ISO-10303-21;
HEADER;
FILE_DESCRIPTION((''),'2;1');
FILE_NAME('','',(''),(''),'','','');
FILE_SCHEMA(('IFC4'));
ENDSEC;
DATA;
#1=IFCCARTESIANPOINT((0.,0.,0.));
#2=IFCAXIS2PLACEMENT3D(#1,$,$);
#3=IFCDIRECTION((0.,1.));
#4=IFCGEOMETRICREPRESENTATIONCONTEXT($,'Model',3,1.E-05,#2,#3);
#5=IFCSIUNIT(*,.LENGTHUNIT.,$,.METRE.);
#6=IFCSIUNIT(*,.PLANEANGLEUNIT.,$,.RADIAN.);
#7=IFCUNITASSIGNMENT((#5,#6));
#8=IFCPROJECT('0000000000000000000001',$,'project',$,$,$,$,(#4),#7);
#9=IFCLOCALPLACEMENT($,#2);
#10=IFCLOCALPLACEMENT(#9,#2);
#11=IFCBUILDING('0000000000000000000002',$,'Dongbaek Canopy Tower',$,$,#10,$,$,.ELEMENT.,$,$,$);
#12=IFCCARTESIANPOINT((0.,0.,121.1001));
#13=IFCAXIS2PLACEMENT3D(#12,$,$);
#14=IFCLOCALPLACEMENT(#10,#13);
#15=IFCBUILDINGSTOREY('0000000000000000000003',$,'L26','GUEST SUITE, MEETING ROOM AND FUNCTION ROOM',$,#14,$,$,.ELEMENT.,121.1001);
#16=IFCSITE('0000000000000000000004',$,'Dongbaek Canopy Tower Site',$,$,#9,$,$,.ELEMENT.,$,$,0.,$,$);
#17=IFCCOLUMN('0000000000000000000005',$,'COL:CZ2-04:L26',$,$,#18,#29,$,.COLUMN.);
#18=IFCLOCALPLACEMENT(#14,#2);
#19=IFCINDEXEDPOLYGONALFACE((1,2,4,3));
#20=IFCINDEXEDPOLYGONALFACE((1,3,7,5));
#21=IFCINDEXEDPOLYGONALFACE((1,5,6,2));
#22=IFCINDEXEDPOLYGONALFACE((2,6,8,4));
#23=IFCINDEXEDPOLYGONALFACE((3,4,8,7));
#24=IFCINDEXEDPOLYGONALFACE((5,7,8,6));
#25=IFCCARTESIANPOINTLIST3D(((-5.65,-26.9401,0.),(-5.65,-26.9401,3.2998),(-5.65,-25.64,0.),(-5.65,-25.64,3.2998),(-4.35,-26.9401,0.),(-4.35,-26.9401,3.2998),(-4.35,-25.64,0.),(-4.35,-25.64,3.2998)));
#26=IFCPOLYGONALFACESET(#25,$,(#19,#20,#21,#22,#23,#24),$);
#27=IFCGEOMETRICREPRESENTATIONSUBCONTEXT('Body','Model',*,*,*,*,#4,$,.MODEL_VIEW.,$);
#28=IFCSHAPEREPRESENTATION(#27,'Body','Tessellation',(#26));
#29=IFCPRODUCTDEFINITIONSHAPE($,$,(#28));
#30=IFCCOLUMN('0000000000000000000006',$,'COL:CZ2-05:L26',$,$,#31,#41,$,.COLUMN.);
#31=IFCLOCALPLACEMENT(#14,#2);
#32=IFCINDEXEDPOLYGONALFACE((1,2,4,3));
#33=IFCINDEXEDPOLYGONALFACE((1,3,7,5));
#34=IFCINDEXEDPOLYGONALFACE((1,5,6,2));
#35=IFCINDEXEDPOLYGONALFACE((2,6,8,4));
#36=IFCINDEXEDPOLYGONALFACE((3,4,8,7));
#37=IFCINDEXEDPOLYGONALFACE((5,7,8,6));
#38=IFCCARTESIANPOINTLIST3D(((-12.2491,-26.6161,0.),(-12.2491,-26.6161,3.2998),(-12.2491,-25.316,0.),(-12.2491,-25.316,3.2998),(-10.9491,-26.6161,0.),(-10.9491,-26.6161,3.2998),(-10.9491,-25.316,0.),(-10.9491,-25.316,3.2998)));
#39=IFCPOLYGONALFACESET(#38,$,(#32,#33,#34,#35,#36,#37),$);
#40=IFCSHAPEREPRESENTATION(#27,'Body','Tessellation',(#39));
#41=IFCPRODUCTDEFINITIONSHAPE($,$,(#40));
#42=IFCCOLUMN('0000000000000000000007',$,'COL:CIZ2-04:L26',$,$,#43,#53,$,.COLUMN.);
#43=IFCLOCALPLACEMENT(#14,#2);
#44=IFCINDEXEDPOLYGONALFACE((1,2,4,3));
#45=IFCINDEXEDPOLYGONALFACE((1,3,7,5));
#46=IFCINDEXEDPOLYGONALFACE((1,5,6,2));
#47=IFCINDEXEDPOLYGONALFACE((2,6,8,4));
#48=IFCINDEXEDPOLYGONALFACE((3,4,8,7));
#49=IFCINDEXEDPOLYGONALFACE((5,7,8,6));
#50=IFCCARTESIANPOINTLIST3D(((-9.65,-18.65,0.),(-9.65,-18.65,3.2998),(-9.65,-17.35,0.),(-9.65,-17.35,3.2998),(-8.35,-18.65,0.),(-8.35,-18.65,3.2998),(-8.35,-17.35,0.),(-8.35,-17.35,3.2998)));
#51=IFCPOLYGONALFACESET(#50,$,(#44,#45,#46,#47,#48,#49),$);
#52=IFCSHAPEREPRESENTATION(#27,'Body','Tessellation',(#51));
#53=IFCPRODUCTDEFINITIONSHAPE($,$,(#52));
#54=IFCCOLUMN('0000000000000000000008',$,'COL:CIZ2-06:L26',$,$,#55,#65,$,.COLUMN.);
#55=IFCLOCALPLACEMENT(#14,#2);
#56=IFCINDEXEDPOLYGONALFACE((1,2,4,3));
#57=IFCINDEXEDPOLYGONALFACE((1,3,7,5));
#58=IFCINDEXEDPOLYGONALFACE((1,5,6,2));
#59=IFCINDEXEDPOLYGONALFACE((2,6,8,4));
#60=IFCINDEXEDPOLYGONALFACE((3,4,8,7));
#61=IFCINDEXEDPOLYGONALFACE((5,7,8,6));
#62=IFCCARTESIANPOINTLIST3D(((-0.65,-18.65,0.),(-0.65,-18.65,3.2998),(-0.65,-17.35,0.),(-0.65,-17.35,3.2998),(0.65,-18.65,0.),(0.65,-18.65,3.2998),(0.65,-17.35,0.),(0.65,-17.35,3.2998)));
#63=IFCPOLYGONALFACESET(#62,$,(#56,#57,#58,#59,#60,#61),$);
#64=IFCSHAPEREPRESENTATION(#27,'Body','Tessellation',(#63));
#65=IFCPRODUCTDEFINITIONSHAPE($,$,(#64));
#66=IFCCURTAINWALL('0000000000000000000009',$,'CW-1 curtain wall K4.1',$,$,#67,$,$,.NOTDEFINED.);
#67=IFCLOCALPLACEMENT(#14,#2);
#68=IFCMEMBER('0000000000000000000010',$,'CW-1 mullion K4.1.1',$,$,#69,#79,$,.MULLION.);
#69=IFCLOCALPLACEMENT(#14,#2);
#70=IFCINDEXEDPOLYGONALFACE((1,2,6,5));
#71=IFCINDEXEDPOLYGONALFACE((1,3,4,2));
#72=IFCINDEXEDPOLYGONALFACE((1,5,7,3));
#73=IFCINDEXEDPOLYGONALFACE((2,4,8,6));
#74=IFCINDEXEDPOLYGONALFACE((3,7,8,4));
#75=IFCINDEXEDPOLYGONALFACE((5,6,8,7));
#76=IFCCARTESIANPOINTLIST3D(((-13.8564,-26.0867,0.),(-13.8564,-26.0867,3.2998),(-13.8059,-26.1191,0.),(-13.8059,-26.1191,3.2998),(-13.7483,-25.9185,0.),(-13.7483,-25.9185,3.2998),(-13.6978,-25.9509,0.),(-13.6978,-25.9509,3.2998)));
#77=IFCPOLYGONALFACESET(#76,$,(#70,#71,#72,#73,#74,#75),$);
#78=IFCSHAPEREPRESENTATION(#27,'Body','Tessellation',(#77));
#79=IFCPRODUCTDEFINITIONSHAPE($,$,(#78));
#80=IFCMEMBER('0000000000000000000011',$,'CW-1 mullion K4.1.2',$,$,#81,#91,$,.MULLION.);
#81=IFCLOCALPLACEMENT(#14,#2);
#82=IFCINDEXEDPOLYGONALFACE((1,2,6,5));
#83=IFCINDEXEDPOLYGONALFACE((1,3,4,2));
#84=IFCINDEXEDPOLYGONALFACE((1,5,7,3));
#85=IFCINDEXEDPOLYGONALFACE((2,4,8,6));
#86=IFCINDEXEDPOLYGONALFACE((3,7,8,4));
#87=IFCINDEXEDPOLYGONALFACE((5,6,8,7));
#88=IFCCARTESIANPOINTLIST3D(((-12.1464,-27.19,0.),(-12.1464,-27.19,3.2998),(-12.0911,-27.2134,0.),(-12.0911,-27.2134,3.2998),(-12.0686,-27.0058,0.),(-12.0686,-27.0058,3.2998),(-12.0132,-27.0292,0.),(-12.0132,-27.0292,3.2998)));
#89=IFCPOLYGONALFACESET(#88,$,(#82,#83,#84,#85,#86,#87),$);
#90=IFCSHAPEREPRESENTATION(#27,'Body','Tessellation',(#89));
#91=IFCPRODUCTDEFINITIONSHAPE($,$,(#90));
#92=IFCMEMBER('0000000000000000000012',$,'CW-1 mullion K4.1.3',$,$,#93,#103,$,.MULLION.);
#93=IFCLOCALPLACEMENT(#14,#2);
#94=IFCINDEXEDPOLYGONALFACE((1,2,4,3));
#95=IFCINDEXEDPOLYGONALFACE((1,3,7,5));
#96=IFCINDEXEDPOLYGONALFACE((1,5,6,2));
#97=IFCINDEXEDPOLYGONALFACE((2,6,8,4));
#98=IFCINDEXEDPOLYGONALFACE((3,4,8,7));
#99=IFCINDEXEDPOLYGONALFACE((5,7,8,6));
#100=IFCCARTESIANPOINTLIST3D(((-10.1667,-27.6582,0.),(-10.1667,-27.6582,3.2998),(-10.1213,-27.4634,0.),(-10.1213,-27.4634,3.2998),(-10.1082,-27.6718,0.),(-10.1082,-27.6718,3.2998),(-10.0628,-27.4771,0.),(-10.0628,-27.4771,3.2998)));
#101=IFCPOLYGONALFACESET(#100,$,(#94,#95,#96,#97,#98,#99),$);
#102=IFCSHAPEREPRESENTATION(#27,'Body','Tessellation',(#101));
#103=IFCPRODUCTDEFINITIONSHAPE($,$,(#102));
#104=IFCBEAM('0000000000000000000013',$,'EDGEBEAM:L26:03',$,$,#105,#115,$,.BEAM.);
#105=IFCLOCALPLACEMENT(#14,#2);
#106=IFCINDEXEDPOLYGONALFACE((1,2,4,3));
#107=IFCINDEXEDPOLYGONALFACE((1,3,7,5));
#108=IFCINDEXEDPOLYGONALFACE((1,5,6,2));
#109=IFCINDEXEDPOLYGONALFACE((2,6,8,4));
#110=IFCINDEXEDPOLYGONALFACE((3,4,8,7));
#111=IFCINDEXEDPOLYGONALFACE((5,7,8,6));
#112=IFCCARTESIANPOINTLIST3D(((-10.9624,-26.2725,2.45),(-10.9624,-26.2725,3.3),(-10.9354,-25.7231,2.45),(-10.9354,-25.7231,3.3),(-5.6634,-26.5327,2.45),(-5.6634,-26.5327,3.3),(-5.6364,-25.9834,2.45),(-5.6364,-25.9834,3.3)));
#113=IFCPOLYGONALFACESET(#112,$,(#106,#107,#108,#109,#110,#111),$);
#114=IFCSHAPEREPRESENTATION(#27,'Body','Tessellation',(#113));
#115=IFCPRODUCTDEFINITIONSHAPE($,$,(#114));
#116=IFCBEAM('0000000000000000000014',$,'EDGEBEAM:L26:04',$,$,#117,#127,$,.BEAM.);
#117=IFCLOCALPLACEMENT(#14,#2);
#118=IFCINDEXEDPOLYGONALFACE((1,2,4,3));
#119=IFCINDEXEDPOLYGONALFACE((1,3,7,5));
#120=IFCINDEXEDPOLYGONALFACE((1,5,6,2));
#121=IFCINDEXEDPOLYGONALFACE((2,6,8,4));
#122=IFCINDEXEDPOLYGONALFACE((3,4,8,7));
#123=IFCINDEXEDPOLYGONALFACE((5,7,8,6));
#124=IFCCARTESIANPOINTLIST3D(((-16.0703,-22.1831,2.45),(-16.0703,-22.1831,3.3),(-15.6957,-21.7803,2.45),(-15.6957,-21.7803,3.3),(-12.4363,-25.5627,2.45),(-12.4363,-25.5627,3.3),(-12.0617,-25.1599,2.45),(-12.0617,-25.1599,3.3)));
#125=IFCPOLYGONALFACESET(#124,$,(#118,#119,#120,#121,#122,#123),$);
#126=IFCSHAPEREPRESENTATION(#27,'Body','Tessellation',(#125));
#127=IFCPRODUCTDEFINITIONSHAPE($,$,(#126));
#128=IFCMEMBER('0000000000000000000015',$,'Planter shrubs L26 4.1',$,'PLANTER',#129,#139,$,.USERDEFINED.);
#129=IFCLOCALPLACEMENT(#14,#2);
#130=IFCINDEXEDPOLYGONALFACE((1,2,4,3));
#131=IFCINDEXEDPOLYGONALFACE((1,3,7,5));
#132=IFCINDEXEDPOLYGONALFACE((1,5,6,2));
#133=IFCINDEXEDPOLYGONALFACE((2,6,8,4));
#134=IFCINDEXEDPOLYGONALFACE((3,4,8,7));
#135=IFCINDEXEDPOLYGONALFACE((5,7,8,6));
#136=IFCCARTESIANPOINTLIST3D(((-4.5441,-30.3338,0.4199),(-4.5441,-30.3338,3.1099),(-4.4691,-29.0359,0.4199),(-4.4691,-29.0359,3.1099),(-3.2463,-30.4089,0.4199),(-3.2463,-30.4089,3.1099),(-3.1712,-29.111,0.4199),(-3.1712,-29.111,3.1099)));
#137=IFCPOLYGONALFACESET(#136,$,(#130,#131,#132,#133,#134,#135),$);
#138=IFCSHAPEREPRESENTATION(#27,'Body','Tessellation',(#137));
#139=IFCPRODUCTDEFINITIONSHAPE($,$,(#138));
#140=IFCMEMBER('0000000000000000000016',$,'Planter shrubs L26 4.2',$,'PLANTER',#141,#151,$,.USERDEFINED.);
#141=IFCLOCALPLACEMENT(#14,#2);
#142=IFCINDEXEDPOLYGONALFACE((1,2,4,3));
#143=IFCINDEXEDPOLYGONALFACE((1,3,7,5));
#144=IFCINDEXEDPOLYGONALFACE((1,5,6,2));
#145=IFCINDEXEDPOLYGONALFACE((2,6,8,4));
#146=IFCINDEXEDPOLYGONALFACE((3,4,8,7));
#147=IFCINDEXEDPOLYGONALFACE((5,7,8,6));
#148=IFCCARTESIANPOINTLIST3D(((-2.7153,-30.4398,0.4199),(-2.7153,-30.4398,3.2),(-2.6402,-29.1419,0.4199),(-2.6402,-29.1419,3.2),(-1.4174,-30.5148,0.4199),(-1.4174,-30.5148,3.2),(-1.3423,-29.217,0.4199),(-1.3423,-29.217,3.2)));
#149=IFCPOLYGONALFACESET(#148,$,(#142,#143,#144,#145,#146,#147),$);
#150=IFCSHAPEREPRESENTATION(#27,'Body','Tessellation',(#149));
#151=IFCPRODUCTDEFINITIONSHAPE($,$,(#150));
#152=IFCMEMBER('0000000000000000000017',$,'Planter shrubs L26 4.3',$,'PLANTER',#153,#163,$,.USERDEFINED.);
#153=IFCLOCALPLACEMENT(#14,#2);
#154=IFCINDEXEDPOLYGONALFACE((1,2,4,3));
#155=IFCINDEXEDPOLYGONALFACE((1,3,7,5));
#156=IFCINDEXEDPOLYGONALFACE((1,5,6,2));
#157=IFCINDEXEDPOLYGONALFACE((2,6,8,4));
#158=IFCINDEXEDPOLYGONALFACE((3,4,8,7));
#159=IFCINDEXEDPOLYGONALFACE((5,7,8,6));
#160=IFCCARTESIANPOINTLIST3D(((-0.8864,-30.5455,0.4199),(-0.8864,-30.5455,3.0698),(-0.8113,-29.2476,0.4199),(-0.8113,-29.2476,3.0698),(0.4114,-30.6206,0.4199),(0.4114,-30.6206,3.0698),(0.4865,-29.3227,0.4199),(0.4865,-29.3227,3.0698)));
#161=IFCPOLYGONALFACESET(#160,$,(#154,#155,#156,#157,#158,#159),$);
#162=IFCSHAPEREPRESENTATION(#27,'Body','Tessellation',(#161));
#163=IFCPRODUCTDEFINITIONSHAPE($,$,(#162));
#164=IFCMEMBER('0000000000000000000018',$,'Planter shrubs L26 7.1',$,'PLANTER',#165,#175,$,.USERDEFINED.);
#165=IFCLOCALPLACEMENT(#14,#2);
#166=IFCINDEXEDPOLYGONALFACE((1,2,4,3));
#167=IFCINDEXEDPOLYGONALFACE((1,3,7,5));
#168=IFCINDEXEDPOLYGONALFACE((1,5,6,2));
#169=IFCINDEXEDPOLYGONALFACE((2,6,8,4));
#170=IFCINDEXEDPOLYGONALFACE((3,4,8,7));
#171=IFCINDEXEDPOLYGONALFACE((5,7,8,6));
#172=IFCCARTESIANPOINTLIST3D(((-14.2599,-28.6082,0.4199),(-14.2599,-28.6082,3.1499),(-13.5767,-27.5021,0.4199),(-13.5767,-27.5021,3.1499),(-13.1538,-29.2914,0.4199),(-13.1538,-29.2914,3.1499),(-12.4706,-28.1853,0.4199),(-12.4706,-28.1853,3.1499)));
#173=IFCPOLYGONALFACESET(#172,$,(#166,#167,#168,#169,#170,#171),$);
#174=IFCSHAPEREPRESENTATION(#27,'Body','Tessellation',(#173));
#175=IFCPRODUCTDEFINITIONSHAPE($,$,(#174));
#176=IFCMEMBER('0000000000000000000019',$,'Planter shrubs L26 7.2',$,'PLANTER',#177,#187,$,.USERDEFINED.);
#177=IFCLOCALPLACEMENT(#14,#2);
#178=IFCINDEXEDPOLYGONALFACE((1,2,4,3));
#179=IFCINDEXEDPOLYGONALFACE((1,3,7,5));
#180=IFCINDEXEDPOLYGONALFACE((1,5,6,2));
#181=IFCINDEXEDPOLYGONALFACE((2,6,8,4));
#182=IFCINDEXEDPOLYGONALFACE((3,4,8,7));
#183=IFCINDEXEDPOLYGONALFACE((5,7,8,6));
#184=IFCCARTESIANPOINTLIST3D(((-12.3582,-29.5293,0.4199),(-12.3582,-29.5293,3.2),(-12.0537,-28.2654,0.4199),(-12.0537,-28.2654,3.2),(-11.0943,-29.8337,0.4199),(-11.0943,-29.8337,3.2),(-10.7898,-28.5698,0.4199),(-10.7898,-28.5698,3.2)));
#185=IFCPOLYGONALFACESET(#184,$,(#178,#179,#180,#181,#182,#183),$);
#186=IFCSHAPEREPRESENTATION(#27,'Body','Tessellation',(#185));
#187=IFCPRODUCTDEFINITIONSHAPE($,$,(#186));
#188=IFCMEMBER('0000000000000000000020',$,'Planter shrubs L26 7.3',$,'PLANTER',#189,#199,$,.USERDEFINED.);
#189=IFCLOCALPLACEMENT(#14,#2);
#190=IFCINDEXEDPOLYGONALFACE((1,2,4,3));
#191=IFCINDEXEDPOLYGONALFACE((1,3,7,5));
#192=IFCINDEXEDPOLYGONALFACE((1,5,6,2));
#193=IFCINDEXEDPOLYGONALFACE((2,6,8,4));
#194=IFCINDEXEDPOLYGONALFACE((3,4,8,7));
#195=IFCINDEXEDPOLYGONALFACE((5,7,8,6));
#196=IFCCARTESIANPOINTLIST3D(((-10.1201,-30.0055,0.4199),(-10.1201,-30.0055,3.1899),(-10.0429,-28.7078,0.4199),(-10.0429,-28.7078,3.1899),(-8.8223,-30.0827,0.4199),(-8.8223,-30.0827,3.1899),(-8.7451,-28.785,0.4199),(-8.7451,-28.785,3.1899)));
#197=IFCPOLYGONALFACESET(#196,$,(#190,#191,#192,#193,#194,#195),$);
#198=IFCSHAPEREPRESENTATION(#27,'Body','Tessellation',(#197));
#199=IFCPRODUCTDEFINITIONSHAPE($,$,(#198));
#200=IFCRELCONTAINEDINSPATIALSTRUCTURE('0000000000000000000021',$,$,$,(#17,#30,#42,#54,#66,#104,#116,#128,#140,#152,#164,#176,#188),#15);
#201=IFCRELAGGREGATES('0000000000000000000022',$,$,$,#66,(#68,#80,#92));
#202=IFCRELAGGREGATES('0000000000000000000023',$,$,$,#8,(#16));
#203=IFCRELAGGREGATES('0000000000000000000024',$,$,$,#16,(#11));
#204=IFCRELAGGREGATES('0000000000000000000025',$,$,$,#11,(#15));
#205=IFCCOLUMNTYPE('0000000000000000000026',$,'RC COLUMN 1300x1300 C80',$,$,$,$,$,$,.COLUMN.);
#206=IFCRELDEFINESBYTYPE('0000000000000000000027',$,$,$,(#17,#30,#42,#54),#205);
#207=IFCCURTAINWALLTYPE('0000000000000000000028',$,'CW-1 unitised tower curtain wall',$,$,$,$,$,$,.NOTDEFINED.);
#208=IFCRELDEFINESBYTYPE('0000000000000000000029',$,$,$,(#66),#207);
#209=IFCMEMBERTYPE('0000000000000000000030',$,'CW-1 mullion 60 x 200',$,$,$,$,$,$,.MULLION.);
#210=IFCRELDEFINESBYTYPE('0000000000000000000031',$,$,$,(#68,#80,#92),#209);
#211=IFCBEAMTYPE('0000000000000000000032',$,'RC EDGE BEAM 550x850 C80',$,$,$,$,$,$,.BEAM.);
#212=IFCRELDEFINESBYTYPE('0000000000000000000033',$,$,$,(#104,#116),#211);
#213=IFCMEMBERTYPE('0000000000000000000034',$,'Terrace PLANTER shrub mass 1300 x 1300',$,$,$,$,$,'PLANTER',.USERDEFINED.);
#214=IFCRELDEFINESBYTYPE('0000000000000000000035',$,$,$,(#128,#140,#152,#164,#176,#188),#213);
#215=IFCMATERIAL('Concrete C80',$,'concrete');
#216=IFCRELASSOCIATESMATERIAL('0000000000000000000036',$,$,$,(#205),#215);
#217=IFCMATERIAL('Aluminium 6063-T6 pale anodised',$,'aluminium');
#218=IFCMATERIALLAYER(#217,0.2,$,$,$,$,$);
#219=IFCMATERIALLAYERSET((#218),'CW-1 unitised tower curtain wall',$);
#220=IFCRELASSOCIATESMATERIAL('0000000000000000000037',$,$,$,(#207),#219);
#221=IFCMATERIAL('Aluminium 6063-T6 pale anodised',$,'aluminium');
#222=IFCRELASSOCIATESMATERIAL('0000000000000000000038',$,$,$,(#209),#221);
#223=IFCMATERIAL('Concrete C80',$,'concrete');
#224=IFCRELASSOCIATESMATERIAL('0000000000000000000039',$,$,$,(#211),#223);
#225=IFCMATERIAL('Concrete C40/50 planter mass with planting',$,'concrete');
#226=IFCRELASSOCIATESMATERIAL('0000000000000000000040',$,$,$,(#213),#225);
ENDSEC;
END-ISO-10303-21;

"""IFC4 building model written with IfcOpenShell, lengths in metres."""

from ifc_helpers import new_model, si_unit, direction, frame, origin, origin_2d, place, context, subcontext, project, spatial, rectangle, extrude, material, layer, layer_set, material_profile, profile_set, type_object, element, aggregate, save


model = new_model("IFC4")

# Units and contexts
model_context = context("Model", 3, precision=1e-05, world=origin(), true_north=direction((0.0, 1.0)))
body_context = subcontext(model_context, "Body", "Model", "MODEL_VIEW")
ifc_project = project(units=[si_unit("LENGTHUNIT", "METRE"), si_unit("PLANEANGLEUNIT", "RADIAN")], contexts=[model_context])

# Site, building, storey
site_placement = place(None, origin())
site = spatial("IfcSite", under=ifc_project, at=site_placement, Name="Dongbaek Canopy Tower Site", CompositionType="ELEMENT", RefElevation=0.0)
building_placement = place(site_placement, origin())
building = spatial("IfcBuilding", under=site, at=building_placement, Name="Dongbaek Canopy Tower", CompositionType="ELEMENT")
storey_placement = place(building_placement, frame((0.0, 0.0, 121.1001)))
storey = spatial("IfcBuildingStorey", under=building, at=storey_placement, Name="L26", Description="GUEST SUITE, MEETING ROOM AND FUNCTION ROOM", CompositionType="ELEMENT", Elevation=121.1001)

# Columns
ifc_material_1 = material(Name="Concrete C80", Category="concrete")
ifc_material_profile_1 = material_profile(ifc_material_1, rectangle(XDim=1.3, YDim=1.3, at=origin_2d()), Name="RC COLUMN 1300x1300 C80")
ifc_profile_set_1 = profile_set([ifc_material_profile_1], Name="Concrete C80")
column_type = type_object("IfcColumnType", Name="RC COLUMN 1300x1300 C80", PredefinedType="COLUMN", material=ifc_profile_set_1)
for number, where, z_axis, x_axis, name in (
    (1, (-5.0, -26.29, 0.0), (0.0, 0.0, 1.0), (1.0, 0.0, 0.0), "COL:CZ2-04:L26"),
    (2, (-11.5991, -25.9661, 0.0), (0.0, 0.0, 1.0), (1.0, 0.0, 0.0), "COL:CZ2-05:L26"),
    (3, (-9.0, -18.0, 0.0), (0.0, 0.0, 1.0), (1.0, 0.0, 0.0), "COL:CIZ2-04:L26"),
    (4, (0.0, -18.0, 0.0), (0.0, 0.0, 1.0), (1.0, 0.0, 0.0), "COL:CIZ2-06:L26"),
):
    element("IfcColumn", number, at=place(storey_placement, frame(where, z_axis=z_axis, x_axis=x_axis)), inside=storey, type_object=column_type, Name=name, PredefinedType="COLUMN", context=body_context, shape_type="SweptSolid", body=[
        extrude(rectangle(XDim=1.3, YDim=1.3, at=origin_2d()), origin(), (0.0, 0.0, 1.0), 3.2998),
    ])

# Curtain wall, members
ifc_material_2 = material(Name="Aluminium 6063-T6 pale anodised", Category="aluminium")
ifc_layer_1 = layer(ifc_material_2, 0.2)
ifc_layer_set_1 = layer_set([ifc_layer_1], Name="CW-1 unitised tower curtain wall")
curtain_wall_type = type_object("IfcCurtainWallType", Name="CW-1 unitised tower curtain wall", PredefinedType="NOTDEFINED", material=ifc_layer_set_1)
curtain_wall_placement = place(storey_placement, origin())
curtain_wall = element("IfcCurtainWall", 5, at=curtain_wall_placement, inside=storey, type_object=curtain_wall_type, Name="CW-1 curtain wall K4.1", PredefinedType="NOTDEFINED")
ifc_material_3 = material(Name="Aluminium 6063-T6 pale anodised", Category="aluminium")
ifc_material_profile_2 = material_profile(ifc_material_3, rectangle(XDim=0.2, YDim=0.0601, at=origin_2d()), Name="CW-1 mullion 60 x 200")
ifc_profile_set_2 = profile_set([ifc_material_profile_2], Name="Aluminium 6063-T6 pale anodised")
member_type_1 = type_object("IfcMemberType", Name="CW-1 mullion 60 x 200", PredefinedType="MULLION", material=ifc_profile_set_2)
member_1_placement = place(storey_placement, frame((-13.7771, -26.0188, 0.0), z_axis=(0.0, 0.0, 1.0), x_axis=(-0.540614, -0.841271, 0.0)))
member_1 = element("IfcMember", 6, at=member_1_placement, type_object=member_type_1, Name="CW-1 mullion K4.1.1", PredefinedType="MULLION", context=body_context, shape_type="SweptSolid", body=[
    extrude(rectangle(XDim=0.2, YDim=0.0601, at=origin_2d()), origin(), (0.0, 0.0, 1.0), 3.2998),
])
member_2_placement = place(storey_placement, frame((-12.0798, -27.1096, 0.0), z_axis=(0.0, 0.0, 1.0), x_axis=(-0.389455, -0.921046, 0.0)))
member_2 = element("IfcMember", 7, at=member_2_placement, type_object=member_type_1, Name="CW-1 mullion K4.1.2", PredefinedType="MULLION", context=body_context, shape_type="SweptSolid", body=[
    extrude(rectangle(XDim=0.2, YDim=0.0601, at=origin_2d()), origin(), (0.0, 0.0, 1.0), 3.2998),
])
member_3_placement = place(storey_placement, frame((-10.1147, -27.5676, 0.0), z_axis=(0.0, 0.0, 1.0), x_axis=(-0.226919, -0.973914, 0.0)))
member_3 = element("IfcMember", 8, at=member_3_placement, type_object=member_type_1, Name="CW-1 mullion K4.1.3", PredefinedType="MULLION", context=body_context, shape_type="SweptSolid", body=[
    extrude(rectangle(XDim=0.2, YDim=0.0601, at=origin_2d()), origin(), (0.0, 0.0, 1.0), 3.2998),
])

# Beams
ifc_material_4 = material(Name="Concrete C80", Category="concrete")
ifc_material_profile_3 = material_profile(ifc_material_4, rectangle(XDim=0.55, YDim=0.8501, at=origin_2d()), Name="RC EDGE BEAM 550x850 C80")
ifc_profile_set_3 = profile_set([ifc_material_profile_3], Name="Concrete C80")
beam_type = type_object("IfcBeamType", Name="RC EDGE BEAM 550x850 C80", PredefinedType="BEAM", material=ifc_profile_set_3)
beam_1_placement = place(storey_placement, frame((-5.6499, -26.2581, 2.875), z_axis=(-0.998796, 0.049054, 0.0), x_axis=(-0.049054, -0.998796, 0.0)))
element("IfcBeam", 9, at=beam_1_placement, inside=storey, type_object=beam_type, Name="EDGEBEAM:L26:03", PredefinedType="BEAM", context=body_context, shape_type="SweptSolid", body=[
    extrude(rectangle(XDim=0.55, YDim=0.8501, at=origin_2d()), origin(), (0.0, 0.0, 1.0), 5.3054),
])
beam_2_placement = place(storey_placement, frame((-12.249, -25.3613, 2.875), z_axis=(-0.732273, 0.681011, 0.0), x_axis=(-0.681011, -0.732273, 0.0)))
element("IfcBeam", 10, at=beam_2_placement, inside=storey, type_object=beam_type, Name="EDGEBEAM:L26:04", PredefinedType="BEAM", context=body_context, shape_type="SweptSolid", body=[
    extrude(rectangle(XDim=0.55, YDim=0.8501, at=origin_2d()), origin(), (0.0, 0.0, 1.0), 4.9626),
])

# Members
ifc_material_5 = material(Name="Concrete C40/50 planter mass with planting", Category="concrete")
ifc_material_profile_4 = material_profile(ifc_material_5, rectangle(XDim=1.3, YDim=1.3, at=origin_2d()), Name="Terrace PLANTER shrub mass 1300 x 1300")
ifc_profile_set_4 = profile_set([ifc_material_profile_4], Name="Concrete C40/50 planter mass with planting")
member_type_2 = type_object("IfcMemberType", Name="Terrace PLANTER shrub mass 1300 x 1300", ElementType="PLANTER", PredefinedType="USERDEFINED", material=ifc_profile_set_4)
member_4_placement = place(storey_placement, frame((-3.8577, -29.7224, 0.4199), z_axis=(0.0, 0.0, 1.0), x_axis=(-0.057753, -0.998331, 0.0)))
element("IfcMember", 11, at=member_4_placement, inside=storey, type_object=member_type_2, Name="Planter shrubs L26 4.1", ObjectType="PLANTER", PredefinedType="USERDEFINED", context=body_context, shape_type="SweptSolid", body=[
    extrude(rectangle(XDim=1.3, YDim=1.3, at=origin_2d()), origin(), (0.0, 0.0, 1.0), 2.6899),
])
member_5_placement = place(storey_placement, frame((-2.0288, -29.8284, 0.4199), z_axis=(0.0, 0.0, 1.0), x_axis=(-0.057753, -0.998331, 0.0)))
element("IfcMember", 12, at=member_5_placement, inside=storey, type_object=member_type_2, Name="Planter shrubs L26 4.2", ObjectType="PLANTER", PredefinedType="USERDEFINED", context=body_context, shape_type="SweptSolid", body=[
    extrude(rectangle(XDim=1.3, YDim=1.3, at=origin_2d()), origin(), (0.0, 0.0, 1.0), 2.78),
])
member_6_placement = place(storey_placement, frame((-0.2, -29.9341, 0.4199), z_axis=(0.0, 0.0, 1.0), x_axis=(-0.057753, -0.998331, 0.0)))
element("IfcMember", 13, at=member_6_placement, inside=storey, type_object=member_type_2, Name="Planter shrubs L26 4.3", ObjectType="PLANTER", PredefinedType="USERDEFINED", context=body_context, shape_type="SweptSolid", body=[
    extrude(rectangle(XDim=1.3, YDim=1.3, at=origin_2d()), origin(), (0.0, 0.0, 1.0), 2.6499),
])
member_7_placement = place(storey_placement, frame((-13.3652, -28.3967, 0.4199), z_axis=(0.0, 0.0, 1.0), x_axis=(-0.525496, -0.850796, 0.0)))
element("IfcMember", 14, at=member_7_placement, inside=storey, type_object=member_type_2, Name="Planter shrubs L26 7.1", ObjectType="PLANTER", PredefinedType="USERDEFINED", context=body_context, shape_type="SweptSolid", body=[
    extrude(rectangle(XDim=1.3, YDim=1.3, at=origin_2d()), origin(), (0.0, 0.0, 1.0), 2.73),
])
member_8_placement = place(storey_placement, frame((-11.574, -29.0496, 0.4199), z_axis=(0.0, 0.0, 1.0), x_axis=(-0.234191, -0.972191, 0.0)))
element("IfcMember", 15, at=member_8_placement, inside=storey, type_object=member_type_2, Name="Planter shrubs L26 7.2", ObjectType="PLANTER", PredefinedType="USERDEFINED", context=body_context, shape_type="SweptSolid", body=[
    extrude(rectangle(XDim=1.3, YDim=1.3, at=origin_2d()), origin(), (0.0, 0.0, 1.0), 2.78),
])
member_9_placement = place(storey_placement, frame((-9.4326, -29.3953, 0.4199), z_axis=(0.0, 0.0, 1.0), x_axis=(-0.059395, -0.998235, 0.0)))
element("IfcMember", 16, at=member_9_placement, inside=storey, type_object=member_type_2, Name="Planter shrubs L26 7.3", ObjectType="PLANTER", PredefinedType="USERDEFINED", context=body_context, shape_type="SweptSolid", body=[
    extrude(rectangle(XDim=1.3, YDim=1.3, at=origin_2d()), origin(), (0.0, 0.0, 1.0), 2.77),
])

aggregate(curtain_wall, [member_1, member_2, member_3])

save(model, "model.ifc")
